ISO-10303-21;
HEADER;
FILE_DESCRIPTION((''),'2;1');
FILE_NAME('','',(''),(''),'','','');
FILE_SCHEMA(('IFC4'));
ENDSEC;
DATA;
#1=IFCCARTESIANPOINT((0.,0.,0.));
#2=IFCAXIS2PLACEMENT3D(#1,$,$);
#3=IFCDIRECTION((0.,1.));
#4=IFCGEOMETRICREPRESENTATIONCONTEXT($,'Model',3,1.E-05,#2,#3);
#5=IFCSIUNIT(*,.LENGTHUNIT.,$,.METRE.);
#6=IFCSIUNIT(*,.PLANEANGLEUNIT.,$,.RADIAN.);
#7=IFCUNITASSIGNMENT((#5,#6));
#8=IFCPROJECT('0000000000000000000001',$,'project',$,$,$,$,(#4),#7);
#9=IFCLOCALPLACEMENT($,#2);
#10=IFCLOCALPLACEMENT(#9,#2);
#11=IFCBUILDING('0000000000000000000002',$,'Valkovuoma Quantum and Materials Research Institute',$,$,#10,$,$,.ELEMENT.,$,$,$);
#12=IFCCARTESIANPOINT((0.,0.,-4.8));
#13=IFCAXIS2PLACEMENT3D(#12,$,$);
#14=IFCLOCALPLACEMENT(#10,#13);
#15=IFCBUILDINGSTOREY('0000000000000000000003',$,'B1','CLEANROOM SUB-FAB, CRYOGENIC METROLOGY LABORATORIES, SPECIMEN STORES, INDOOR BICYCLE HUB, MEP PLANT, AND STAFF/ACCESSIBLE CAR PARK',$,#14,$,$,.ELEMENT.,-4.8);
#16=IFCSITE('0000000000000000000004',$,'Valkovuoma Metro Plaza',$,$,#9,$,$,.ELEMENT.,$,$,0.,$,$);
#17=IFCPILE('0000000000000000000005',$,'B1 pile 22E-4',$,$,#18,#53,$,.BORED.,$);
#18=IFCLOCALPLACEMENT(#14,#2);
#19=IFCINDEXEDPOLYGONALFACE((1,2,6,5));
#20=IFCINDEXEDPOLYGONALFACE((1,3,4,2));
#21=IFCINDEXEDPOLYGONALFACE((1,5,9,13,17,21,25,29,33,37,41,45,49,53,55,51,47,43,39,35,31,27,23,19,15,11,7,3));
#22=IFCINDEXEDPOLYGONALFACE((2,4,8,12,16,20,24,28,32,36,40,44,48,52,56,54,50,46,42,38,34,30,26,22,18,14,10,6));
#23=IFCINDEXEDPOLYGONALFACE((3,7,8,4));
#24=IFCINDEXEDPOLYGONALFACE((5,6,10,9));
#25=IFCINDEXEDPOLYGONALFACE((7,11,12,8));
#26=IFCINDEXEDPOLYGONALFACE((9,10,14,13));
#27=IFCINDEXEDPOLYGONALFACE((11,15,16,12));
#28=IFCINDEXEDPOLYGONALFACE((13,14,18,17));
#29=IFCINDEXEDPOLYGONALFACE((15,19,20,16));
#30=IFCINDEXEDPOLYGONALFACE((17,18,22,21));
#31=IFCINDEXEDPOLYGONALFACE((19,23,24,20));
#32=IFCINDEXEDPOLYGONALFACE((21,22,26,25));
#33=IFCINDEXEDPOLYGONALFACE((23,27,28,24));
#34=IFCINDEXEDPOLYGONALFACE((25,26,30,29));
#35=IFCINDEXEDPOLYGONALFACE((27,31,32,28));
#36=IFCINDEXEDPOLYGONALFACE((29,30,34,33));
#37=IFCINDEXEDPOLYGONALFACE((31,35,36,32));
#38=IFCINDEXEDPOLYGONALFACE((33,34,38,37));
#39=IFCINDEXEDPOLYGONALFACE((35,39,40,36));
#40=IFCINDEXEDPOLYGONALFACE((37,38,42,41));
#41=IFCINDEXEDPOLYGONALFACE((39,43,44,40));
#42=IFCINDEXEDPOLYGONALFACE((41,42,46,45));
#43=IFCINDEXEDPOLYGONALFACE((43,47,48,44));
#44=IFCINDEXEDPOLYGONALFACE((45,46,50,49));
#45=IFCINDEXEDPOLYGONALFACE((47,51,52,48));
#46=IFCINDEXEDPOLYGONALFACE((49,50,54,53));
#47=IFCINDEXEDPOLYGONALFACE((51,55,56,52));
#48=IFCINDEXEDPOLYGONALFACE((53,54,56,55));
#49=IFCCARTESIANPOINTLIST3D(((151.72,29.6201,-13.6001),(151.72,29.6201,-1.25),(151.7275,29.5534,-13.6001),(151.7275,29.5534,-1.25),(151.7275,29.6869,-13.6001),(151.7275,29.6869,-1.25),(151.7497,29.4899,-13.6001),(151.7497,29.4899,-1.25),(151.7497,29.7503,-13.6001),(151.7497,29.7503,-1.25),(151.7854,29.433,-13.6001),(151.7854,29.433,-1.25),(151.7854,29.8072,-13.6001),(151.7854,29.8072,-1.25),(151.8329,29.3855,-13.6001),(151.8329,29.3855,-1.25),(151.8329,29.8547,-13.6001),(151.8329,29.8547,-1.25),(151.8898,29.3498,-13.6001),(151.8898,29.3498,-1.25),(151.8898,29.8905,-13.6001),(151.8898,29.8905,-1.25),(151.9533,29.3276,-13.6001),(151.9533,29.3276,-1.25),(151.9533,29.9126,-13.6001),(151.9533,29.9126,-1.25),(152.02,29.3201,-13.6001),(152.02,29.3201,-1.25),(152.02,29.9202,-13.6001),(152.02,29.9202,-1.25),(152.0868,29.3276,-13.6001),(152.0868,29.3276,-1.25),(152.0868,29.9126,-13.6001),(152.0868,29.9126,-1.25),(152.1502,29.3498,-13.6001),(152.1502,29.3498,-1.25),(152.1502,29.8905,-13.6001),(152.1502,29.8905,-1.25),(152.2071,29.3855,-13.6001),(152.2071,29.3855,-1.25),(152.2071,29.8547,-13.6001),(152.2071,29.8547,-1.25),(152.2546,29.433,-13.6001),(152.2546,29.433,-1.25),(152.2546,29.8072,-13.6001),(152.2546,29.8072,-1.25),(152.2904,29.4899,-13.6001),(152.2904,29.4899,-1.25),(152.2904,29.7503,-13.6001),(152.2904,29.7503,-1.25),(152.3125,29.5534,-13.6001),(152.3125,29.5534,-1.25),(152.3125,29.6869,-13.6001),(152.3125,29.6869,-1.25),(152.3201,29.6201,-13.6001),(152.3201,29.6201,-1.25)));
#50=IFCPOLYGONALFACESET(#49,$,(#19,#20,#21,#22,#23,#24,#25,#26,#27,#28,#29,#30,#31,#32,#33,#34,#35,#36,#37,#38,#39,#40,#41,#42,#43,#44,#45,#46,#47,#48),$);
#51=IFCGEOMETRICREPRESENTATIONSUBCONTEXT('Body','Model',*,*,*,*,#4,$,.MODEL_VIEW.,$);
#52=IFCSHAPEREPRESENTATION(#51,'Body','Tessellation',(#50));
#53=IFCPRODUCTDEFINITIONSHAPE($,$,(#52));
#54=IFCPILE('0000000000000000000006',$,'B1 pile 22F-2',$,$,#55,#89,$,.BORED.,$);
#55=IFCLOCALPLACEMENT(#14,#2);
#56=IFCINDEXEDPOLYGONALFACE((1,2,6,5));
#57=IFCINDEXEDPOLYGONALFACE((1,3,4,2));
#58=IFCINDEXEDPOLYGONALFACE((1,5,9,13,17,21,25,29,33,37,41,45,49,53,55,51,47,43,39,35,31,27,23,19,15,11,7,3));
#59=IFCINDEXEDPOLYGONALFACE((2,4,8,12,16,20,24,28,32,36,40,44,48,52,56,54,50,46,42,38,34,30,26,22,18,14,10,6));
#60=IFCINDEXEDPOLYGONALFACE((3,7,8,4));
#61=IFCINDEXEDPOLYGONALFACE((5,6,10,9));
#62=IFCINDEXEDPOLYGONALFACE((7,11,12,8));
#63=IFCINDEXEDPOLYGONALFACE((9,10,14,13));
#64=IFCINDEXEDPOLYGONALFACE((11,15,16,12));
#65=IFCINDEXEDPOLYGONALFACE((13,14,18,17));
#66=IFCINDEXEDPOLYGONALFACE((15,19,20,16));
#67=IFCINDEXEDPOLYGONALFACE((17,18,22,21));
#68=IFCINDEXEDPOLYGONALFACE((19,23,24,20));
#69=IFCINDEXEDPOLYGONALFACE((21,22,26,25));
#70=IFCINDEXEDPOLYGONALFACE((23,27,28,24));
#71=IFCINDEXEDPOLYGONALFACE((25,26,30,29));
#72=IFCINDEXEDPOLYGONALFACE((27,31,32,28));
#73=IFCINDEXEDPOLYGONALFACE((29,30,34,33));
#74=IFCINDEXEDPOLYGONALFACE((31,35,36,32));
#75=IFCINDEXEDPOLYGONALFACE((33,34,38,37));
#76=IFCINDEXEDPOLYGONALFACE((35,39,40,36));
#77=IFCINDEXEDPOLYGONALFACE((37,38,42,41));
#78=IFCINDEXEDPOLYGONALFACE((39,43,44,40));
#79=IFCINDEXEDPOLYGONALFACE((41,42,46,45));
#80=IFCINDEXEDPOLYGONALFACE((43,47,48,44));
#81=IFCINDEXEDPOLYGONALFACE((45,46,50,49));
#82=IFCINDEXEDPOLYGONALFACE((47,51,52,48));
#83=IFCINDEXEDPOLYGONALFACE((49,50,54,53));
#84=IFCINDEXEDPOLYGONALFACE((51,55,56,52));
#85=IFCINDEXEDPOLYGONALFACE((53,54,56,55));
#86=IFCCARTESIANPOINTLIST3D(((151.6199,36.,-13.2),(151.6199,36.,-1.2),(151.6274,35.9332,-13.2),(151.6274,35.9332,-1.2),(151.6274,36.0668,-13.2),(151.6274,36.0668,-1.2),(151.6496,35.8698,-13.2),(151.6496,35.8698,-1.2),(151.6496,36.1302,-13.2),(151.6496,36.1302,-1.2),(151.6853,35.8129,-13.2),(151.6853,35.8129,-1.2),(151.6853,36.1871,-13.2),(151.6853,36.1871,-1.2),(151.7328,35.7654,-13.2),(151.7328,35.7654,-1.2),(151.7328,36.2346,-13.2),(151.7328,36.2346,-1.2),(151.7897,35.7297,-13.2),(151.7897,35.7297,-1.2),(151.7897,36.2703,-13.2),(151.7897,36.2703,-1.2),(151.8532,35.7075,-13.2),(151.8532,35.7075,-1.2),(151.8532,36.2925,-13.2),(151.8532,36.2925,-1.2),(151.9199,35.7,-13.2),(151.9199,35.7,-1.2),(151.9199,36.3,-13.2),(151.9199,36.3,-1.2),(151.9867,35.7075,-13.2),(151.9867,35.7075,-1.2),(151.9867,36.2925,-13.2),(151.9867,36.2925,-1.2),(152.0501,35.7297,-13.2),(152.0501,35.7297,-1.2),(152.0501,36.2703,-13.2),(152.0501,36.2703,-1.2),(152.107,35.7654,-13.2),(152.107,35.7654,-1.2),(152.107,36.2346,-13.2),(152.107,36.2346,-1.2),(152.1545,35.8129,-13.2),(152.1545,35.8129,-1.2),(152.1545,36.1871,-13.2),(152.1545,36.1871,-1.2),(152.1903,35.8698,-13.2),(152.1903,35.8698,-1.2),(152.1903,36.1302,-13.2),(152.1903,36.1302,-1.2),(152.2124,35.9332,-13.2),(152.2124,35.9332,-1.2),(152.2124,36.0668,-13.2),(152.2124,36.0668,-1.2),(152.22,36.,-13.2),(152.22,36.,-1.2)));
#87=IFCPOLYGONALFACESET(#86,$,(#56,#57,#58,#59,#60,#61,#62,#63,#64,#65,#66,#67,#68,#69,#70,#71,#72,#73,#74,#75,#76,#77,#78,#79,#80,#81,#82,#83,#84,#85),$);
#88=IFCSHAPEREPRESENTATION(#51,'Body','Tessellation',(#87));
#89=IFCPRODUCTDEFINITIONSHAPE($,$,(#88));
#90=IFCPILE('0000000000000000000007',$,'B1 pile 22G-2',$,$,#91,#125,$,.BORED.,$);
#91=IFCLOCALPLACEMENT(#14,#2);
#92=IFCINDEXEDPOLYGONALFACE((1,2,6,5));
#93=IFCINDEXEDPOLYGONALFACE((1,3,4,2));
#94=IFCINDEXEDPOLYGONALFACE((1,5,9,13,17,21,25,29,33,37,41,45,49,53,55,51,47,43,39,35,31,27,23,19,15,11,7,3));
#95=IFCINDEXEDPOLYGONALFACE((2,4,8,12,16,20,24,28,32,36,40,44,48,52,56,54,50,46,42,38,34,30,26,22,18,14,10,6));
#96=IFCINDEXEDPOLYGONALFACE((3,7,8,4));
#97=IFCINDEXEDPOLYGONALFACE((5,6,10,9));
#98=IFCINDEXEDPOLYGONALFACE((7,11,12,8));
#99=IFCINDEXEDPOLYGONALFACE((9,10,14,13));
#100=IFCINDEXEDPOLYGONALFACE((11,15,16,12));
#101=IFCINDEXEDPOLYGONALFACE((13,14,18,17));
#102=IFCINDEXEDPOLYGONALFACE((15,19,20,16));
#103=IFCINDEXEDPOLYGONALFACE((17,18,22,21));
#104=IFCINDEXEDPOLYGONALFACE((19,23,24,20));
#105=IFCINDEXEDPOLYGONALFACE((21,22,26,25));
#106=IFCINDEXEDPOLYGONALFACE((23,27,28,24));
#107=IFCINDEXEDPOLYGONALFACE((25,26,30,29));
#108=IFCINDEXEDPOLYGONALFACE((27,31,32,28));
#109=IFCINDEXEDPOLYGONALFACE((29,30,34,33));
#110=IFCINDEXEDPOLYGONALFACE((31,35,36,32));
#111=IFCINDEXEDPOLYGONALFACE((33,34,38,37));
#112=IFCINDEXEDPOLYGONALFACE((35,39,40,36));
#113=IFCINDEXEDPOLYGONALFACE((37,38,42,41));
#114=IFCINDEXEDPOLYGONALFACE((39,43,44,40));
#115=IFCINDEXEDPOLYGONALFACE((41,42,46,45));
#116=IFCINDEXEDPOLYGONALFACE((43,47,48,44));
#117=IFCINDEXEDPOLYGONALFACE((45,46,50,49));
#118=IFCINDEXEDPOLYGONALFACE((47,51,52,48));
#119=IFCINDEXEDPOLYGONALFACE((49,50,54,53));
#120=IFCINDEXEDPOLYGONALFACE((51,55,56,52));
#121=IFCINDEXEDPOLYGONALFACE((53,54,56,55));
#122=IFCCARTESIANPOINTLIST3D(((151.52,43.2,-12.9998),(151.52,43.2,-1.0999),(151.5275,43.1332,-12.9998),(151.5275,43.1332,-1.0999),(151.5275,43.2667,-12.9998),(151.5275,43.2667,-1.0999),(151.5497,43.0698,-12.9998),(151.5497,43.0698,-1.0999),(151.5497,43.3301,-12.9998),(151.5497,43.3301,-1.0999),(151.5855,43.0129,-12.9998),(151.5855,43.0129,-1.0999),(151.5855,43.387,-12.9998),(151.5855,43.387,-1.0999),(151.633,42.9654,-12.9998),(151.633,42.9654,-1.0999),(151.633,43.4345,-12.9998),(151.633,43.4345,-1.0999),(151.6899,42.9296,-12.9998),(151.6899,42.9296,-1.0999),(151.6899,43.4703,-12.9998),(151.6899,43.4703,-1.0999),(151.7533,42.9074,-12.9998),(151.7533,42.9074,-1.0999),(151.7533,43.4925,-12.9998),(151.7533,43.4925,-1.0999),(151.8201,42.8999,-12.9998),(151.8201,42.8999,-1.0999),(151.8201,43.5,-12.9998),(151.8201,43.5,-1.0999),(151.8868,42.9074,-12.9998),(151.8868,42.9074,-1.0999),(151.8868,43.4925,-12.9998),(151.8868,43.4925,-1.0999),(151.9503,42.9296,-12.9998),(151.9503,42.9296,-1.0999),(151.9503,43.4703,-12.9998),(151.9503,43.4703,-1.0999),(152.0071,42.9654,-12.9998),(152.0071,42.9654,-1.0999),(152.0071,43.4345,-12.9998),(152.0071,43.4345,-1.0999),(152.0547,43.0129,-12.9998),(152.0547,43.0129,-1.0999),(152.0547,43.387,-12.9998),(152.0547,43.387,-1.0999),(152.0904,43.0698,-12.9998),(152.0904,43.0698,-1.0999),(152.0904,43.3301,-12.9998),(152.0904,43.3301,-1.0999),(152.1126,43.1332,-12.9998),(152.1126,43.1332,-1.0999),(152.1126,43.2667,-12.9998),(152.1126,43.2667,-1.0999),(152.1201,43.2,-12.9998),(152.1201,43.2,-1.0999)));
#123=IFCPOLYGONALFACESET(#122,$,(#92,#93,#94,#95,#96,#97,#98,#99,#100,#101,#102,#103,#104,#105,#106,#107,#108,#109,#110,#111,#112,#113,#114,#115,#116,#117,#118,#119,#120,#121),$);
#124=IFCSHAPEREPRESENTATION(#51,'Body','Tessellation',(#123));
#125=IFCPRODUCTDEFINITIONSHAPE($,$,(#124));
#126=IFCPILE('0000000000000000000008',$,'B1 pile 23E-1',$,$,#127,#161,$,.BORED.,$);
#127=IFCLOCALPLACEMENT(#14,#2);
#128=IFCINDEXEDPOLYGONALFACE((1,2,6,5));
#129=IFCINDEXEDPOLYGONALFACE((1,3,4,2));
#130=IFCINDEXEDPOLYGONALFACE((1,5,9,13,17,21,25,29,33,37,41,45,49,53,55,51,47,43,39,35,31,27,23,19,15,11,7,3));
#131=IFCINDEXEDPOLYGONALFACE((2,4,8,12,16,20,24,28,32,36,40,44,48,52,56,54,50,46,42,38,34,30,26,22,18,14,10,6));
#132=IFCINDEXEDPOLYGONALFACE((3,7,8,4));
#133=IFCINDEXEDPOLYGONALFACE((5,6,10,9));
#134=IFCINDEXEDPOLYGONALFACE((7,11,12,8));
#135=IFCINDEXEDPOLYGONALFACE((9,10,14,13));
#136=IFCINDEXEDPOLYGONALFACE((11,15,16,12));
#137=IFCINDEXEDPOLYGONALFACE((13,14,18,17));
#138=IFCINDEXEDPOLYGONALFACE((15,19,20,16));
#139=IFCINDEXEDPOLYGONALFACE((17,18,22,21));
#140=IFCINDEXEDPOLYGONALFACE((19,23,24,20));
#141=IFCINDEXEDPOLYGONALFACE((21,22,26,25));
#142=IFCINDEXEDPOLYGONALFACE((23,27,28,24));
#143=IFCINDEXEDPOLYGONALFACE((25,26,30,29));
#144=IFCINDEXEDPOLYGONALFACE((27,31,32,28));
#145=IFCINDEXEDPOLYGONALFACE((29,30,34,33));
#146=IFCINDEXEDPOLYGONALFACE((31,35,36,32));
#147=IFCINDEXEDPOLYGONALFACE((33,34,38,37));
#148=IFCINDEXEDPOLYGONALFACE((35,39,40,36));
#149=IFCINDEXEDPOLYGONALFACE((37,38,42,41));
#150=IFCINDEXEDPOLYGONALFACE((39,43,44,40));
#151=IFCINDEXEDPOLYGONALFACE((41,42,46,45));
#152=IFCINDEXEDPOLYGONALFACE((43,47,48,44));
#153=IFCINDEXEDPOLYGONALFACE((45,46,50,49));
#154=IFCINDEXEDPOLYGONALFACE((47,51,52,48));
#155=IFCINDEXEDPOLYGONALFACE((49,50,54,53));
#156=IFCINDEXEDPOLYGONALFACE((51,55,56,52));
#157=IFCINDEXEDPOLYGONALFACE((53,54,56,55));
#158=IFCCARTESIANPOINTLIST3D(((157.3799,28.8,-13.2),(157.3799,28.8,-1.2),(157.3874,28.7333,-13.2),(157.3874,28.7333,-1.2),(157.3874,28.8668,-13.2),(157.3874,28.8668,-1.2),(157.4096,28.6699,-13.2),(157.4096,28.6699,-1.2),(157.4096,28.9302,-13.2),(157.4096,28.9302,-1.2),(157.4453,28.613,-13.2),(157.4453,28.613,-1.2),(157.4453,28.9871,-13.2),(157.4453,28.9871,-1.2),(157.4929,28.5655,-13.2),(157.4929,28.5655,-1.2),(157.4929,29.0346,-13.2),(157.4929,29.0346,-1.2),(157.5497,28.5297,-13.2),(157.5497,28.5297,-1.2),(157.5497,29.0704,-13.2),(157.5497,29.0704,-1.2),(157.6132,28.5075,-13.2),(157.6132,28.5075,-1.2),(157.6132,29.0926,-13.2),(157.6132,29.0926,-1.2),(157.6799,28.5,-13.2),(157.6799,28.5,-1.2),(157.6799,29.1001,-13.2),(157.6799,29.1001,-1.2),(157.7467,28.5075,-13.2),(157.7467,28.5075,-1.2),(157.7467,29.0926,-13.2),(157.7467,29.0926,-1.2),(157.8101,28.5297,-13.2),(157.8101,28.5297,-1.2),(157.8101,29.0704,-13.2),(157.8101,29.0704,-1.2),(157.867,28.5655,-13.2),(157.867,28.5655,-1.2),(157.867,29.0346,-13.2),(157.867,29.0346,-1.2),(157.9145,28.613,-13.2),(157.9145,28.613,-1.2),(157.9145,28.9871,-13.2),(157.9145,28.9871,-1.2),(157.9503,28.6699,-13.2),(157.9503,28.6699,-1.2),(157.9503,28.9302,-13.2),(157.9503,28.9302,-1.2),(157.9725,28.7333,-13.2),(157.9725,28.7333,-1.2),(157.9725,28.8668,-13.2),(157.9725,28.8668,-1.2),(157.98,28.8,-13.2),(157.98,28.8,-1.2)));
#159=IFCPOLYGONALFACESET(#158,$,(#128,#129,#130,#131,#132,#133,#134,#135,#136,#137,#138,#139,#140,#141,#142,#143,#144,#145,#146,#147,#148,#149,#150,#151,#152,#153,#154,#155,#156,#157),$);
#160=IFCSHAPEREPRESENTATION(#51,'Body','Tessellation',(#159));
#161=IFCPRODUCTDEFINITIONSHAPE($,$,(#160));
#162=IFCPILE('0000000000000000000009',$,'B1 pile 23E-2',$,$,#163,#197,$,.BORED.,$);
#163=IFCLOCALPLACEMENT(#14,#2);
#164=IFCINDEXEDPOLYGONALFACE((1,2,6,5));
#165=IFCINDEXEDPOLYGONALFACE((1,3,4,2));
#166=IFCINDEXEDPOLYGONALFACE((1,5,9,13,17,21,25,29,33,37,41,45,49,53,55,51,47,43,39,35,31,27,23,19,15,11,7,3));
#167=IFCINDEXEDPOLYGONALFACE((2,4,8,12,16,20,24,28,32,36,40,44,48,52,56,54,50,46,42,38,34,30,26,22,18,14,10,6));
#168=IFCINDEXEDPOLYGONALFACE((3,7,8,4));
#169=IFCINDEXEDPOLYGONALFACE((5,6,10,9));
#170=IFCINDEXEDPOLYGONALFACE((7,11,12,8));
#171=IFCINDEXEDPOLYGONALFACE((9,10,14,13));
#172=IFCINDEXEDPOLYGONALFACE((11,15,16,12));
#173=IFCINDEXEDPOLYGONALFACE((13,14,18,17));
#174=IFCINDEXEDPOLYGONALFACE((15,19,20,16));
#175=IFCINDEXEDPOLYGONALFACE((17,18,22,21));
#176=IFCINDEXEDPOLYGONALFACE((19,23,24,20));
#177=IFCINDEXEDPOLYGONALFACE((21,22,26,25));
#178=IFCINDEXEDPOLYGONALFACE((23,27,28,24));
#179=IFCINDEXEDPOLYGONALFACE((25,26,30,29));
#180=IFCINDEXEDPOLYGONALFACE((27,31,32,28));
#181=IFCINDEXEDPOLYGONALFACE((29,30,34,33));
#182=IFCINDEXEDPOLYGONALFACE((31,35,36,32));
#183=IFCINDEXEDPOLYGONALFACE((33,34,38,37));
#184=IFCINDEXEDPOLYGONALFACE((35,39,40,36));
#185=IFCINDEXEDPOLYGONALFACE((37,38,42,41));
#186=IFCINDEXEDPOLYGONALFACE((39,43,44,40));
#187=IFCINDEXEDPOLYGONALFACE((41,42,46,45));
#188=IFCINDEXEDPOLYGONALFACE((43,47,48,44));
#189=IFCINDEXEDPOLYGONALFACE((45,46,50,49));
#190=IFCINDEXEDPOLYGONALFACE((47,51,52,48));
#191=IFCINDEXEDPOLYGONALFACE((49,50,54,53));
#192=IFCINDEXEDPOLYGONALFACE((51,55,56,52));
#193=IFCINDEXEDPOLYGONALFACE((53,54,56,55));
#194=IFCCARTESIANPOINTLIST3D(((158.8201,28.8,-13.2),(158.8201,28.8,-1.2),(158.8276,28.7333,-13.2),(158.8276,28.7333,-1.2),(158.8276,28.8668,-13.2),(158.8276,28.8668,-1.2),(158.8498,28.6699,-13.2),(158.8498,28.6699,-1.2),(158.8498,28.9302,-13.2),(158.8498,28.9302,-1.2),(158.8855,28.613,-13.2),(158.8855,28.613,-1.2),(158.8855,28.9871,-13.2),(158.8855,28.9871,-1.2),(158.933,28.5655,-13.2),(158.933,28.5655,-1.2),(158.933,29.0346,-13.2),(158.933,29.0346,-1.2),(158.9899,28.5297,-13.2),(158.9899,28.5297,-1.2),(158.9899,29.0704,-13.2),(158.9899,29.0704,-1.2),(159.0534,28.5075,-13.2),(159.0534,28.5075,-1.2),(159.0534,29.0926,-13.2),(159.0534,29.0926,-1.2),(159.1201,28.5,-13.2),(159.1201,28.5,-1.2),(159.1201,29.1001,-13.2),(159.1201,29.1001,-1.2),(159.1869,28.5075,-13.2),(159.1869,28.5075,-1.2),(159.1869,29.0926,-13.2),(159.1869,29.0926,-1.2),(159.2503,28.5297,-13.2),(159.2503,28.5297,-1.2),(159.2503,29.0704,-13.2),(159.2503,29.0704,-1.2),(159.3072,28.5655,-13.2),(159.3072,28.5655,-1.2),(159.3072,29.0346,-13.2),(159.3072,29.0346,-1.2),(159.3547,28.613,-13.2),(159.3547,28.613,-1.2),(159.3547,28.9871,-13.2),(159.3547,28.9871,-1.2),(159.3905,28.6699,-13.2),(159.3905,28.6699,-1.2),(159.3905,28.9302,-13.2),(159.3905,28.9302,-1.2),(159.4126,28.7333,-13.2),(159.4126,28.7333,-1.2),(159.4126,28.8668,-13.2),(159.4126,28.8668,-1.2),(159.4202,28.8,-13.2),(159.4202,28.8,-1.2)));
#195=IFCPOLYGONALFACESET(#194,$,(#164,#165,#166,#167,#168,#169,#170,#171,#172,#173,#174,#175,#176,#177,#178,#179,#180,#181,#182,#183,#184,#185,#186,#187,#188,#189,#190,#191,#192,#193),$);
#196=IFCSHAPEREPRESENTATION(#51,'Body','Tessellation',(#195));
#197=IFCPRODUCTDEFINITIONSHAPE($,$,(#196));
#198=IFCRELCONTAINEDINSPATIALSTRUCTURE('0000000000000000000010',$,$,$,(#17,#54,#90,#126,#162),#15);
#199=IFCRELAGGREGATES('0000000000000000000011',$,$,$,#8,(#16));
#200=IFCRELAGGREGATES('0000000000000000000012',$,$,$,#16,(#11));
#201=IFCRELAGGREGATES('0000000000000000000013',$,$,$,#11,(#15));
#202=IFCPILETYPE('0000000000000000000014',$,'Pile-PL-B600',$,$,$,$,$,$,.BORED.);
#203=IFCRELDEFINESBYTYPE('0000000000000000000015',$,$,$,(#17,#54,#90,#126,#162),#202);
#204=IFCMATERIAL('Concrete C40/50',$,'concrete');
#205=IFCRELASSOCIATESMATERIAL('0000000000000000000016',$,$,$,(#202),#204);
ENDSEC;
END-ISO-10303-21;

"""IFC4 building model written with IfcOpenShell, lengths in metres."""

from ifc_helpers import new_model, si_unit, direction, frame, origin, origin_2d, place, context, subcontext, project, spatial, circle, extrude, material, material_profile, profile_set, type_object, element, save


model = new_model("IFC4")

# Units and contexts
model_context = context("Model", 3, precision=1e-05, world=origin(), true_north=direction((0.0, 1.0)))
body_context = subcontext(model_context, "Body", "Model", "MODEL_VIEW")
ifc_project = project(units=[si_unit("LENGTHUNIT", "METRE"), si_unit("PLANEANGLEUNIT", "RADIAN")], contexts=[model_context])

# Site, building, storey
site_placement = place(None, origin())
site = spatial("IfcSite", under=ifc_project, at=site_placement, Name="Valkovuoma Metro Plaza", CompositionType="ELEMENT", RefElevation=0.0)
building_placement = place(site_placement, origin())
building = spatial("IfcBuilding", under=site, at=building_placement, Name="Valkovuoma Quantum and Materials Research Institute", CompositionType="ELEMENT")
storey_placement = place(building_placement, frame((0.0, 0.0, -4.8)))
storey = spatial("IfcBuildingStorey", under=building, at=storey_placement, Name="B1", Description="CLEANROOM SUB-FAB, CRYOGENIC METROLOGY LABORATORIES, SPECIMEN STORES, INDOOR BICYCLE HUB, MEP PLANT, AND STAFF/ACCESSIBLE CAR PARK", CompositionType="ELEMENT", Elevation=-4.8)

# Piles
ifc_material_1 = material(Name="Concrete C40/50", Category="concrete")
ifc_material_profile_1 = material_profile(ifc_material_1, circle(Radius=0.3, at=origin_2d()), Name="Concrete C40/50")
ifc_profile_set_1 = profile_set([ifc_material_profile_1], Name="Concrete C40/50")
pile_type = type_object("IfcPileType", Name="Pile-PL-B600", PredefinedType="BORED", material=ifc_profile_set_1)
pile_1_placement = place(storey_placement, frame((152.02, 29.6201, -1.25), z_axis=(0.0, 0.0, -1.0), x_axis=(1.0, 0.0, 0.0)))
element("IfcPile", 1, at=pile_1_placement, inside=storey, type_object=pile_type, Name="B1 pile 22E-4", PredefinedType="BORED", context=body_context, shape_type="SweptSolid", body=[
    extrude(circle(Radius=0.3, at=origin_2d()), origin(), (0.0, 0.0, 1.0), 12.3501),
])
pile_2_placement = place(storey_placement, frame((151.9199, 36.0, -1.2), z_axis=(0.0, 0.0, -1.0), x_axis=(1.0, 0.0, 0.0)))
element("IfcPile", 2, at=pile_2_placement, inside=storey, type_object=pile_type, Name="B1 pile 22F-2", PredefinedType="BORED", context=body_context, shape_type="SweptSolid", body=[
    extrude(circle(Radius=0.3, at=origin_2d()), origin(), (0.0, 0.0, 1.0), 12.0),
])
pile_3_placement = place(storey_placement, frame((151.8201, 43.2, -1.0999), z_axis=(0.0, 0.0, -1.0), x_axis=(1.0, 0.0, 0.0)))
element("IfcPile", 3, at=pile_3_placement, inside=storey, type_object=pile_type, Name="B1 pile 22G-2", PredefinedType="BORED", context=body_context, shape_type="SweptSolid", body=[
    extrude(circle(Radius=0.3, at=origin_2d()), origin(), (0.0, 0.0, 1.0), 11.8999),
])
for number, where, z_axis, x_axis, name in (
    (4, (157.6799, 28.8, -1.2), (0.0, 0.0, -1.0), (1.0, 0.0, 0.0), "B1 pile 23E-1"),
    (5, (159.1201, 28.8, -1.2), (0.0, 0.0, -1.0), (1.0, 0.0, 0.0), "B1 pile 23E-2"),
):
    element("IfcPile", number, at=place(storey_placement, frame(where, z_axis=z_axis, x_axis=x_axis)), inside=storey, type_object=pile_type, Name=name, PredefinedType="BORED", context=body_context, shape_type="SweptSolid", body=[
        extrude(circle(Radius=0.3, at=origin_2d()), origin(), (0.0, 0.0, 1.0), 12.0),
    ])

save(model, "model.ifc")
